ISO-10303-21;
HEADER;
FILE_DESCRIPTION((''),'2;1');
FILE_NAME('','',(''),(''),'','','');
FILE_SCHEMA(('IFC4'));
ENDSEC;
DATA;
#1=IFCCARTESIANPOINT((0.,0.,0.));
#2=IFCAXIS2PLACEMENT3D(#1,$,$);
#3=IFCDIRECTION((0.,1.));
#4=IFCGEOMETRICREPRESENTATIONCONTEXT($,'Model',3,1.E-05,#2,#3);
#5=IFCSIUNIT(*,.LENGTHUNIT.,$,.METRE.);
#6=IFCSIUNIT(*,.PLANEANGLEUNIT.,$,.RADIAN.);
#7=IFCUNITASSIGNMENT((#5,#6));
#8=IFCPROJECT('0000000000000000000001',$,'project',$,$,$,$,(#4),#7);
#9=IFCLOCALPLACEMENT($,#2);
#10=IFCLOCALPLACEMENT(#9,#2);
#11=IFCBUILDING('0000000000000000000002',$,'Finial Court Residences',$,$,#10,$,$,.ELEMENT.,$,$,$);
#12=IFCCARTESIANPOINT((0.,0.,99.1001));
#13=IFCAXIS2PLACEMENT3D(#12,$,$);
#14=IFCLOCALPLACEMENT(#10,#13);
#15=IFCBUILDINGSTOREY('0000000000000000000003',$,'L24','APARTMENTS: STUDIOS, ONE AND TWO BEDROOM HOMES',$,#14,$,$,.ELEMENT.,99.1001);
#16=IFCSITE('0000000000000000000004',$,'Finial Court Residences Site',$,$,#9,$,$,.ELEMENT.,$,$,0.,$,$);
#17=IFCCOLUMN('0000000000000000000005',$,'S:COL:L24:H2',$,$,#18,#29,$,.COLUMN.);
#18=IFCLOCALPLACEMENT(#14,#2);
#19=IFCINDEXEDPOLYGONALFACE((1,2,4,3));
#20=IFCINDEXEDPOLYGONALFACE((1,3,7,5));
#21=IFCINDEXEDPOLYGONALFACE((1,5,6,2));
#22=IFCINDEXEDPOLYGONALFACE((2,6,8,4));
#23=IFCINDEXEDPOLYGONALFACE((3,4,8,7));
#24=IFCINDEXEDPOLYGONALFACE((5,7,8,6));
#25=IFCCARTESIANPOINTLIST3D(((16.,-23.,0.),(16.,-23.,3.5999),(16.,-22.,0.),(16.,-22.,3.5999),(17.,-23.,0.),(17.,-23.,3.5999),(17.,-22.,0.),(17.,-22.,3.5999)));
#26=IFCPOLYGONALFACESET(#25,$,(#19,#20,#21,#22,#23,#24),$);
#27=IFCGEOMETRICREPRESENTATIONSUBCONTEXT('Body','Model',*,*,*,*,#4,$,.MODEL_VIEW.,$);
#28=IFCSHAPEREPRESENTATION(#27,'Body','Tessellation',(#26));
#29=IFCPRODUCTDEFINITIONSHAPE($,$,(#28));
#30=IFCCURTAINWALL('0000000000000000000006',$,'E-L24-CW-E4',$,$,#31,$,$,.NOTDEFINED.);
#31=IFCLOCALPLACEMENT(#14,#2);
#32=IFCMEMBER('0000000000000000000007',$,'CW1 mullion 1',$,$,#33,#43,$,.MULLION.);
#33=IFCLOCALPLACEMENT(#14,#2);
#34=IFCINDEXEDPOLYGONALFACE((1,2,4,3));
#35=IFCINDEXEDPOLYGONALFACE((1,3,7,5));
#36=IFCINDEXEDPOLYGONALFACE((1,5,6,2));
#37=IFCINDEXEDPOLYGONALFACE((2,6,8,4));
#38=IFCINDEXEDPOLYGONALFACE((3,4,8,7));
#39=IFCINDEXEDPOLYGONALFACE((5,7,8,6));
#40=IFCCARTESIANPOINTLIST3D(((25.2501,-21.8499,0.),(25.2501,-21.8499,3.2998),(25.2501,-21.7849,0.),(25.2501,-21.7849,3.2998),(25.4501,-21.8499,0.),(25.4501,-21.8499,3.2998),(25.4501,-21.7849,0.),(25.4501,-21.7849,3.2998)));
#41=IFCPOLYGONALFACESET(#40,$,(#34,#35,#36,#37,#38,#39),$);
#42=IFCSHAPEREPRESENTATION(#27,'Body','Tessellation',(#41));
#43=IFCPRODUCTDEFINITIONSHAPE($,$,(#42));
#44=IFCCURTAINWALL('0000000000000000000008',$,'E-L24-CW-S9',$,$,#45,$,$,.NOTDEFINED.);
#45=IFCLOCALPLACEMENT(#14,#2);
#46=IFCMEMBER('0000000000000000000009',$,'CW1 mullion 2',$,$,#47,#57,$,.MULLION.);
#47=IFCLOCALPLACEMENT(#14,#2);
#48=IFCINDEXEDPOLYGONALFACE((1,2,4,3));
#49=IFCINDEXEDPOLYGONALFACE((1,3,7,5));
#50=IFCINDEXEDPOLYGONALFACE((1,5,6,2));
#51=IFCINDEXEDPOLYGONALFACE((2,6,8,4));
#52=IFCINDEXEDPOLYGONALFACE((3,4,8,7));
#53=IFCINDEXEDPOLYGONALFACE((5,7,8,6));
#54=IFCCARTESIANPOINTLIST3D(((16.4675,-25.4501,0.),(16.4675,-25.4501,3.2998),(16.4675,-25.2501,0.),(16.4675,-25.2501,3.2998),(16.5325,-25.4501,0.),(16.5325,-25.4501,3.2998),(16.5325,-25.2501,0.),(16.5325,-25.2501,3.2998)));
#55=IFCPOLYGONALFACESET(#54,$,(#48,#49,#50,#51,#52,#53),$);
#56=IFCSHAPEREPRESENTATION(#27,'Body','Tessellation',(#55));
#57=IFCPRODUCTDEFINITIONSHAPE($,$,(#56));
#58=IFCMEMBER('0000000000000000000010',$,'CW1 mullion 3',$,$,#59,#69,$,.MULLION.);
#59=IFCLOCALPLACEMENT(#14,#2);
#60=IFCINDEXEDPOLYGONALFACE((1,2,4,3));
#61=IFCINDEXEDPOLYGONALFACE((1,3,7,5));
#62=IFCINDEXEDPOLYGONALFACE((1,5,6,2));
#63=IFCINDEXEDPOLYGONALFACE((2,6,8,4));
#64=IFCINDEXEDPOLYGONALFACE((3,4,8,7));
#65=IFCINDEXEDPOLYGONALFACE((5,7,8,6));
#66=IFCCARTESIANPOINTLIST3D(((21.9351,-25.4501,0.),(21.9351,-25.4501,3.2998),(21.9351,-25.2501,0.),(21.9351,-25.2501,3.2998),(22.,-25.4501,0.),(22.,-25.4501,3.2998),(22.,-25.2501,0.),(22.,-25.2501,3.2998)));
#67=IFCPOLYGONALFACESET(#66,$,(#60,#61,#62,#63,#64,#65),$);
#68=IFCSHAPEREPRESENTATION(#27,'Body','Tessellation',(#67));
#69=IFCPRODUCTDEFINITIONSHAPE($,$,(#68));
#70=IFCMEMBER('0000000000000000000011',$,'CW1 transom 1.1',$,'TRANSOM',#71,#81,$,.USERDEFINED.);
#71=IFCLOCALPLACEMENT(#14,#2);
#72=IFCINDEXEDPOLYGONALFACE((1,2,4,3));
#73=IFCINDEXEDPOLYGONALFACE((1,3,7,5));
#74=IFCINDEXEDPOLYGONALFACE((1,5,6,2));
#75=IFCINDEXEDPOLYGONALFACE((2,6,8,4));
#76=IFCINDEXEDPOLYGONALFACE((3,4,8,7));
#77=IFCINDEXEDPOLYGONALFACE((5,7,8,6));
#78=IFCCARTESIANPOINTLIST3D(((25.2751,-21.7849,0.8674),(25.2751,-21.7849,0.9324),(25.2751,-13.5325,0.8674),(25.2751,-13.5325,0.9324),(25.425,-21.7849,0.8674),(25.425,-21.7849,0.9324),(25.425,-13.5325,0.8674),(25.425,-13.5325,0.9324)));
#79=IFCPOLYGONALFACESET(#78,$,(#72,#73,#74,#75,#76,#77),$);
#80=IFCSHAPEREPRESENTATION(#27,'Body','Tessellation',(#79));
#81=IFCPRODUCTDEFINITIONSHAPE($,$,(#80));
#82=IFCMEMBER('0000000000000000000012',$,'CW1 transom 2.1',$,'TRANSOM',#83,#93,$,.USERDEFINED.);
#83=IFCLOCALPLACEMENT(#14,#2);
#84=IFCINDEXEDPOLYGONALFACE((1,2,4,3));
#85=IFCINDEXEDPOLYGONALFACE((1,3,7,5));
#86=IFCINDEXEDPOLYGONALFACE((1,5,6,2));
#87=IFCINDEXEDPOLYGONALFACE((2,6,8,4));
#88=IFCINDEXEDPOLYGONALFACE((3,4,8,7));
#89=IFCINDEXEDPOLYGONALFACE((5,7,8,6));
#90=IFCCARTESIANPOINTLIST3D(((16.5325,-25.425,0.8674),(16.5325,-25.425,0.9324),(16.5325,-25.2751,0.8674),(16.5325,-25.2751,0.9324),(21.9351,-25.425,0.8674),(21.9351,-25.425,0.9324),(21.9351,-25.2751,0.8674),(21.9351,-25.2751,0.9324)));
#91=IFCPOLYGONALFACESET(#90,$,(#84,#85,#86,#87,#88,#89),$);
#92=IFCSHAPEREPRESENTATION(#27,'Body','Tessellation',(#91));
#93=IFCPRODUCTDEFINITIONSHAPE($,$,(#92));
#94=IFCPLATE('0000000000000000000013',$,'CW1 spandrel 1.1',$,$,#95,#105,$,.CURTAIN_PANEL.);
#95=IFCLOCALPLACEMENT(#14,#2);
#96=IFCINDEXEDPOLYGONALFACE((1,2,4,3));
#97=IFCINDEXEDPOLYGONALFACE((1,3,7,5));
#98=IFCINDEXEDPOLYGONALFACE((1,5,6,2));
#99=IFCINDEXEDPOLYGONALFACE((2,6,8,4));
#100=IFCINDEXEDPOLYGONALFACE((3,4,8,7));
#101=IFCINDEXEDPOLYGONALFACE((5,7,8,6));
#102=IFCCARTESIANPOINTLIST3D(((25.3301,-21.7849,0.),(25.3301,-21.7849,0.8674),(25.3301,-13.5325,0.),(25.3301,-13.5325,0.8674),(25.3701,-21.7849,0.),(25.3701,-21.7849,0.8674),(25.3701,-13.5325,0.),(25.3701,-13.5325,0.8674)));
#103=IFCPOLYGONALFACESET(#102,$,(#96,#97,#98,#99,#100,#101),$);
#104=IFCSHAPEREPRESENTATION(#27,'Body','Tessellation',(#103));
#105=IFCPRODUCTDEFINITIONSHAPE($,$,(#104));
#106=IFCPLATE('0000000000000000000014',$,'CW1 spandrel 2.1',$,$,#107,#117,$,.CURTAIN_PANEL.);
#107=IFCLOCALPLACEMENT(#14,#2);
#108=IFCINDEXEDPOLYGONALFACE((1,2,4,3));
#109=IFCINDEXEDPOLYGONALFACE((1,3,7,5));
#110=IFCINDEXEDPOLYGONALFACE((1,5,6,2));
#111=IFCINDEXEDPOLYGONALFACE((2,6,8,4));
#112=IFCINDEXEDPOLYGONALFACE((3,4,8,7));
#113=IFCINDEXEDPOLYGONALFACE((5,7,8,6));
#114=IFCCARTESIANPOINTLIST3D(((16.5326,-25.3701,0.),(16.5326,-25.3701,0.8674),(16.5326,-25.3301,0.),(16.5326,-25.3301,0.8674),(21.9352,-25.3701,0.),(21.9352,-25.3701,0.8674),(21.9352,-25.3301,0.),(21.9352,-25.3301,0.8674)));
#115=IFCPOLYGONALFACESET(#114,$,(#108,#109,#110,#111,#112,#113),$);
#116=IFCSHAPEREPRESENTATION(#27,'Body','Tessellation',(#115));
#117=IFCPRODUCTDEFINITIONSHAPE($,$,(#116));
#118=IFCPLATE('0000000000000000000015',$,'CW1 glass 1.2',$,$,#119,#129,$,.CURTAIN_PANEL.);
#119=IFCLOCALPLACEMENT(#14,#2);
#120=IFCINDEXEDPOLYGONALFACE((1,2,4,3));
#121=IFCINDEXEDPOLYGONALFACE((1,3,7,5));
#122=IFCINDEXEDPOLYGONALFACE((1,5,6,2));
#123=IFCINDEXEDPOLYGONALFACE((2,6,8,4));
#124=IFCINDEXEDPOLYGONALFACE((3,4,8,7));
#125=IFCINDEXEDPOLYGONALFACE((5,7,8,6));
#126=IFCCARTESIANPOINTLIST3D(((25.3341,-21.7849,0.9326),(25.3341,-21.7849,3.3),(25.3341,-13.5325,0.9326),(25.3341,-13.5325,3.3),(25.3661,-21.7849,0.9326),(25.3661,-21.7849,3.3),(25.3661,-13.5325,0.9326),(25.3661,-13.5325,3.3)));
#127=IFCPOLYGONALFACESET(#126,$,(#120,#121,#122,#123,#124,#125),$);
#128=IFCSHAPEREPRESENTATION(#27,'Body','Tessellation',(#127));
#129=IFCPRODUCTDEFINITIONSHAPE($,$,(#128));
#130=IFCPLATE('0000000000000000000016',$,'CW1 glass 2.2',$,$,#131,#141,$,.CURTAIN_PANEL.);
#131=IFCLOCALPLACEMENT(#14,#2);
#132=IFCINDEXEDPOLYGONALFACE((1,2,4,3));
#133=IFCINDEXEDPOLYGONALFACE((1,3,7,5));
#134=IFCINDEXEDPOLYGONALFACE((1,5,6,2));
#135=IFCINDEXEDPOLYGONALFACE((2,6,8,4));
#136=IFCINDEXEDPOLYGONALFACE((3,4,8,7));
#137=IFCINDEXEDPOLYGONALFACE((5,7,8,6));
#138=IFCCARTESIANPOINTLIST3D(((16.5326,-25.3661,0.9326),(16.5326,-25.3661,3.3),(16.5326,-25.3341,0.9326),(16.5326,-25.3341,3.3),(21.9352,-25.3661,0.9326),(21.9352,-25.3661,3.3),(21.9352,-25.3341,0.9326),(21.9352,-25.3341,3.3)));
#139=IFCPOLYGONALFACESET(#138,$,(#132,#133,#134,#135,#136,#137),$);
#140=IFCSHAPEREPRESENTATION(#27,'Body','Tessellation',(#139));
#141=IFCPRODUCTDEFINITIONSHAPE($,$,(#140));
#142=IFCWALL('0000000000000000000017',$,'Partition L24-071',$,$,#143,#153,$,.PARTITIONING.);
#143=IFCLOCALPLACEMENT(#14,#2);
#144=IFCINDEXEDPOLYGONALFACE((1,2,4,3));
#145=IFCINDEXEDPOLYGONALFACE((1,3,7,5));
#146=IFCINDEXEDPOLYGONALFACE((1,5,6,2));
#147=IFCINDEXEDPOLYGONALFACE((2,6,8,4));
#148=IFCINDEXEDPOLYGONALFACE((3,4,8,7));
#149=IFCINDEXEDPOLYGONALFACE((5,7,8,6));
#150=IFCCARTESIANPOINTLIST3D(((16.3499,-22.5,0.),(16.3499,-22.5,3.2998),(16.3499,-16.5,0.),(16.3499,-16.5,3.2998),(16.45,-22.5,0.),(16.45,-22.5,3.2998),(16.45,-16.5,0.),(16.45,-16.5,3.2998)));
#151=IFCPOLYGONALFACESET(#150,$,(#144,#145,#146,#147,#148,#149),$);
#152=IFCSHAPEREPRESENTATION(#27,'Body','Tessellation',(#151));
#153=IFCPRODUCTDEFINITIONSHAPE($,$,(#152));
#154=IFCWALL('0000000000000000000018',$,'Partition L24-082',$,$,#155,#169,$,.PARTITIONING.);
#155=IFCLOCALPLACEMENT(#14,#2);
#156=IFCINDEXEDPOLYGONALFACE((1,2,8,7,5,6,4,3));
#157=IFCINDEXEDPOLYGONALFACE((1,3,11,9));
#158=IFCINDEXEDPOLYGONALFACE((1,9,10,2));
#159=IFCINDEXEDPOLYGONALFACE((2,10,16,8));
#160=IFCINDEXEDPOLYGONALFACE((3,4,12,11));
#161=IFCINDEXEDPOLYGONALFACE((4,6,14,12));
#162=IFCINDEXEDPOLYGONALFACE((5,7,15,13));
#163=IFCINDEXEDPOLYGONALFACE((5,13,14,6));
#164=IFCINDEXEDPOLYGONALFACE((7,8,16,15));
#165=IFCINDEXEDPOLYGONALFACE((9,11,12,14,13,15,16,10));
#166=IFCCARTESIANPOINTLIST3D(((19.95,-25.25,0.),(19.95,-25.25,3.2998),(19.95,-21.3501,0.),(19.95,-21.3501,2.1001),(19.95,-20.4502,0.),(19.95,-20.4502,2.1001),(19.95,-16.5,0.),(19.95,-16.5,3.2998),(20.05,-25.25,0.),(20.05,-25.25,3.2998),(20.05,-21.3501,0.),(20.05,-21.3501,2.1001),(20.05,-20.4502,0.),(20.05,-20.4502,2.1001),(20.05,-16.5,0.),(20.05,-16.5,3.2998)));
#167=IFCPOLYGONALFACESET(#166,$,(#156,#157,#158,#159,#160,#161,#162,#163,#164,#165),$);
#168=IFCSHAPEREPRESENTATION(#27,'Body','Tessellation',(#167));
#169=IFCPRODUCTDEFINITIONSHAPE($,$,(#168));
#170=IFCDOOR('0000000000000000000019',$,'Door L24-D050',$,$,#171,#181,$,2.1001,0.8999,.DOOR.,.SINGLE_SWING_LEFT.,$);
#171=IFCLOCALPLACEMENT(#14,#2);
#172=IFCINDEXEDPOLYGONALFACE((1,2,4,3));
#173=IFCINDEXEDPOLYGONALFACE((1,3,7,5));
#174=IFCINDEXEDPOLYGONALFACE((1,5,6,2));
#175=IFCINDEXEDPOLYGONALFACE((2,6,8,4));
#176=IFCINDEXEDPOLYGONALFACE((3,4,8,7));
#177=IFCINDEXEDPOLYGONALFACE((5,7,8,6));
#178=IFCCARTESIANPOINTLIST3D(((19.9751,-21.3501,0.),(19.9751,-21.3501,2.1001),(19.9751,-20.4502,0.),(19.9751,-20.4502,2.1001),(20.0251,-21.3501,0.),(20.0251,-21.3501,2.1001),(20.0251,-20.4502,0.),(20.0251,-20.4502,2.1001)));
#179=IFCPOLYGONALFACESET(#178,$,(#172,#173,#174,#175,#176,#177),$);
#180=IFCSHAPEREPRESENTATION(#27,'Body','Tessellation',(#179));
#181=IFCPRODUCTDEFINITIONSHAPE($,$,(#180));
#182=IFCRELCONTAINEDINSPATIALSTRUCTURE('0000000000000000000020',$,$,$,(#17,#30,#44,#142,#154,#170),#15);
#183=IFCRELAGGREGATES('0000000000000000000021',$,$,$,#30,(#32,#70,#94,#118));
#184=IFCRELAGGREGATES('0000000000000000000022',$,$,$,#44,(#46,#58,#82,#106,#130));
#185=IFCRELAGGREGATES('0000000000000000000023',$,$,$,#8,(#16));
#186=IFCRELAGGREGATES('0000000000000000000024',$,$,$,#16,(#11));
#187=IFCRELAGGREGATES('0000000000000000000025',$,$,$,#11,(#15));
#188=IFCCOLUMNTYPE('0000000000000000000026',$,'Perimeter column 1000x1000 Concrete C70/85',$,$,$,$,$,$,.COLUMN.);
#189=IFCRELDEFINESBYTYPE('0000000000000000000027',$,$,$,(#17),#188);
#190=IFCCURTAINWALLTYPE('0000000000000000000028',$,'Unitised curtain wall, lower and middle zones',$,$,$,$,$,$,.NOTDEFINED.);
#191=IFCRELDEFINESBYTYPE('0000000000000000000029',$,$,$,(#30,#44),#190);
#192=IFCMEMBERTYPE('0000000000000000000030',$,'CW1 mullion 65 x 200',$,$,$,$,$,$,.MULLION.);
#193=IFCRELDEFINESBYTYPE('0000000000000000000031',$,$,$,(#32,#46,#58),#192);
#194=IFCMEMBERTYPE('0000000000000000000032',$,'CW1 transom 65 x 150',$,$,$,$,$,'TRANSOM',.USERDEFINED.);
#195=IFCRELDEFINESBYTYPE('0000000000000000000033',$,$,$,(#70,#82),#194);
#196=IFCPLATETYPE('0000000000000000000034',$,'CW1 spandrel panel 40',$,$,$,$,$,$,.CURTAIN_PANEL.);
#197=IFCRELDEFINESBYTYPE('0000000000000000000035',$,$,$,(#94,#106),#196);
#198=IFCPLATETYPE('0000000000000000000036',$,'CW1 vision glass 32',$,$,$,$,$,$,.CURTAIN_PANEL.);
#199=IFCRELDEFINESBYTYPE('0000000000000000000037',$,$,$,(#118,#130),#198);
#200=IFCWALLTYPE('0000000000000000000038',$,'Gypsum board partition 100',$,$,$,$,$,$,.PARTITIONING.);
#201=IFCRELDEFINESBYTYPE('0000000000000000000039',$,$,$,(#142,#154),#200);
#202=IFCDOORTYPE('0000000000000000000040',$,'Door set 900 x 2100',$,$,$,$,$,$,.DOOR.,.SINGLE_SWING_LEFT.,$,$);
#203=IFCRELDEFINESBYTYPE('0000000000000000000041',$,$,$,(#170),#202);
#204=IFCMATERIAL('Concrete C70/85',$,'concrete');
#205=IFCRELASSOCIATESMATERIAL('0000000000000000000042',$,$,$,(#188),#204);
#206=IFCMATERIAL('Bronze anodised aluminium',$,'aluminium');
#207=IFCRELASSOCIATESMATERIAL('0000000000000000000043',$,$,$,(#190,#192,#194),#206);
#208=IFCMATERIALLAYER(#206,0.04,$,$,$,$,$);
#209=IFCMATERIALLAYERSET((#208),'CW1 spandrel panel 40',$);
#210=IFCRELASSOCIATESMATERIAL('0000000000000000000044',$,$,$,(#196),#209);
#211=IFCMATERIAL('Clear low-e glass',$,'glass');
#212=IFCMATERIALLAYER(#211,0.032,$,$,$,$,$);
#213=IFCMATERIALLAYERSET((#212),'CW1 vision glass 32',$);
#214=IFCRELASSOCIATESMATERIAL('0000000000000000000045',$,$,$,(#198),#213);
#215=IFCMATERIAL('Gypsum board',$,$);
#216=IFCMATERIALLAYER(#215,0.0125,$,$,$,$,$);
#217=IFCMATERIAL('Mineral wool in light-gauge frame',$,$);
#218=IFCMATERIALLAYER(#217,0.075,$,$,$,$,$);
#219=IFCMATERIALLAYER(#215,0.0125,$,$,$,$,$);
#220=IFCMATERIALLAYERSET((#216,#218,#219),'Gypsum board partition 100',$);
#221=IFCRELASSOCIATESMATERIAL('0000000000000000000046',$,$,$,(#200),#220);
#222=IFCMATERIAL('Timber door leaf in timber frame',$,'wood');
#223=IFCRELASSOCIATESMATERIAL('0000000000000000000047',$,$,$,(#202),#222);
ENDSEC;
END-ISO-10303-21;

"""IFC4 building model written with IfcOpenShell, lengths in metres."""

from ifc_helpers import new_model, si_unit, direction, frame, frame_2d, origin, origin_2d, place, context, subcontext, project, spatial, rectangle, extrude, material, layer, layer_set, material_profile, profile_set, type_object, element, fill, aggregate, save


model = new_model("IFC4")

# Units and contexts
model_context = context("Model", 3, precision=1e-05, world=origin(), true_north=direction((0.0, 1.0)))
body_context = subcontext(model_context, "Body", "Model", "MODEL_VIEW")
ifc_project = project(units=[si_unit("LENGTHUNIT", "METRE"), si_unit("PLANEANGLEUNIT", "RADIAN")], contexts=[model_context])

# Site, building, storey
site_placement = place(None, origin())
site = spatial("IfcSite", under=ifc_project, at=site_placement, Name="Finial Court Residences Site", CompositionType="ELEMENT", RefElevation=0.0)
building_placement = place(site_placement, origin())
building = spatial("IfcBuilding", under=site, at=building_placement, Name="Finial Court Residences", CompositionType="ELEMENT")
storey_placement = place(building_placement, frame((0.0, 0.0, 99.1001)))
storey = spatial("IfcBuildingStorey", under=building, at=storey_placement, Name="L24", Description="APARTMENTS: STUDIOS, ONE AND TWO BEDROOM HOMES", CompositionType="ELEMENT", Elevation=99.1001)

# Column
ifc_material_1 = material(Name="Concrete C70/85", Category="concrete")
ifc_material_profile_1 = material_profile(ifc_material_1, rectangle(XDim=1.0, YDim=1.0, at=origin_2d()), Name="1000x1000")
ifc_profile_set_1 = profile_set([ifc_material_profile_1], Name="Concrete C70/85")
column_type = type_object("IfcColumnType", Name="Perimeter column 1000x1000 Concrete C70/85", PredefinedType="COLUMN", material=ifc_profile_set_1)
column_placement = place(storey_placement, frame((16.5, -22.5, 0.0), z_axis=(0.0, 0.0, 1.0), x_axis=(1.0, 0.0, 0.0)))
element("IfcColumn", 1, at=column_placement, inside=storey, type_object=column_type, Name="S:COL:L24:H2", PredefinedType="COLUMN", context=body_context, shape_type="SweptSolid", body=[
    extrude(rectangle(XDim=1.0, YDim=1.0, at=origin_2d()), origin(), (0.0, 0.0, 1.0), 3.5999),
])

# Curtain wall, member
ifc_material_2 = material(Name="Bronze anodised aluminium", Category="aluminium")
curtain_wall_type = type_object("IfcCurtainWallType", Name="Unitised curtain wall, lower and middle zones", PredefinedType="NOTDEFINED", material=ifc_material_2)
curtain_wall_1_placement = place(storey_placement, origin())
curtain_wall_1 = element("IfcCurtainWall", 2, at=curtain_wall_1_placement, inside=storey, type_object=curtain_wall_type, Name="E-L24-CW-E4", PredefinedType="NOTDEFINED")
ifc_material_profile_2 = material_profile(ifc_material_2, rectangle(XDim=0.2, YDim=0.0649, at=origin_2d()), Name="CW1 mullion 65 x 200")
ifc_profile_set_2 = profile_set([ifc_material_profile_2], Name="Bronze anodised aluminium")
member_type_1 = type_object("IfcMemberType", Name="CW1 mullion 65 x 200", PredefinedType="MULLION", material=ifc_profile_set_2)
member_1_placement = place(storey_placement, frame((25.3501, -21.8174, 0.0), z_axis=(0.0, 0.0, 1.0), x_axis=(-1.0, 0.0, 0.0)))
member_1 = element("IfcMember", 3, at=member_1_placement, type_object=member_type_1, Name="CW1 mullion 1", PredefinedType="MULLION", context=body_context, shape_type="SweptSolid", body=[
    extrude(rectangle(XDim=0.2, YDim=0.0649, at=origin_2d()), origin(), (0.0, 0.0, 1.0), 3.2998),
])

# Curtain wall, members
curtain_wall_2_placement = place(storey_placement, origin())
curtain_wall_2 = element("IfcCurtainWall", 4, at=curtain_wall_2_placement, inside=storey, type_object=curtain_wall_type, Name="E-L24-CW-S9", PredefinedType="NOTDEFINED")
member_2_placement = place(storey_placement, frame((16.5, -25.3501, 0.0), z_axis=(0.0, 0.0, 1.0), x_axis=(0.0, 1.0, 0.0)))
member_2 = element("IfcMember", 5, at=member_2_placement, type_object=member_type_1, Name="CW1 mullion 2", PredefinedType="MULLION", context=body_context, shape_type="SweptSolid", body=[
    extrude(rectangle(XDim=0.2, YDim=0.0649, at=origin_2d()), origin(), (0.0, 0.0, 1.0), 3.2998),
])
member_3_placement = place(storey_placement, frame((21.9675, -25.3501, 0.0), z_axis=(0.0, 0.0, 1.0), x_axis=(0.0, 1.0, 0.0)))
member_3 = element("IfcMember", 6, at=member_3_placement, type_object=member_type_1, Name="CW1 mullion 3", PredefinedType="MULLION", context=body_context, shape_type="SweptSolid", body=[
    extrude(rectangle(XDim=0.2, YDim=0.0649, at=origin_2d()), origin(), (0.0, 0.0, 1.0), 3.2998),
])

# Members
ifc_material_profile_3 = material_profile(ifc_material_2, rectangle(XDim=0.1499, YDim=0.0649, at=origin_2d()), Name="CW1 transom 65 x 150")
ifc_profile_set_3 = profile_set([ifc_material_profile_3], Name="Bronze anodised aluminium")
member_type_2 = type_object("IfcMemberType", Name="CW1 transom 65 x 150", ElementType="TRANSOM", PredefinedType="USERDEFINED", material=ifc_profile_set_3)
member_4_placement = place(storey_placement, frame((25.3501, -21.7849, 0.8999), z_axis=(0.0, 1.0, 0.0), x_axis=(-1.0, 0.0, 0.0)))
member_4 = element("IfcMember", 7, at=member_4_placement, type_object=member_type_2, Name="CW1 transom 1.1", ObjectType="TRANSOM", PredefinedType="USERDEFINED", context=body_context, shape_type="SweptSolid", body=[
    extrude(rectangle(XDim=0.1499, YDim=0.0649, at=origin_2d()), origin(), (0.0, 0.0, 1.0), 8.2524),
])
member_5_placement = place(storey_placement, frame((16.5325, -25.3501, 0.8999), z_axis=(1.0, 0.0, 0.0), x_axis=(0.0, 1.0, 0.0)))
member_5 = element("IfcMember", 8, at=member_5_placement, type_object=member_type_2, Name="CW1 transom 2.1", ObjectType="TRANSOM", PredefinedType="USERDEFINED", context=body_context, shape_type="SweptSolid", body=[
    extrude(rectangle(XDim=0.1499, YDim=0.0649, at=origin_2d()), origin(), (0.0, 0.0, 1.0), 5.4026),
])

# Plates
ifc_layer_1 = layer(ifc_material_2, 0.04)
ifc_layer_set_1 = layer_set([ifc_layer_1], Name="CW1 spandrel panel 40")
plate_type_1 = type_object("IfcPlateType", Name="CW1 spandrel panel 40", PredefinedType="CURTAIN_PANEL", material=ifc_layer_set_1)
plate_1_placement = place(storey_placement, frame((25.3501, -17.6587, 0.0), z_axis=(0.0, 0.0, 1.0), x_axis=(0.0, 1.0, 0.0)))
plate_1 = element("IfcPlate", 9, at=plate_1_placement, type_object=plate_type_1, Name="CW1 spandrel 1.1", PredefinedType="CURTAIN_PANEL", context=body_context, shape_type="SweptSolid", body=[
    extrude(rectangle(XDim=8.2524, YDim=0.04, at=origin_2d()), origin(), (0.0, 0.0, 1.0), 0.8674),
])
plate_2_placement = place(storey_placement, frame((19.2339, -25.3501, 0.0), z_axis=(0.0, 0.0, 1.0), x_axis=(1.0, 0.0, 0.0)))
plate_2 = element("IfcPlate", 10, at=plate_2_placement, type_object=plate_type_1, Name="CW1 spandrel 2.1", PredefinedType="CURTAIN_PANEL", context=body_context, shape_type="SweptSolid", body=[
    extrude(rectangle(XDim=5.4026, YDim=0.04, at=origin_2d()), origin(), (0.0, 0.0, 1.0), 0.8674),
])
ifc_material_3 = material(Name="Clear low-e glass", Category="glass")
ifc_layer_2 = layer(ifc_material_3, 0.032)
ifc_layer_set_2 = layer_set([ifc_layer_2], Name="CW1 vision glass 32")
plate_type_2 = type_object("IfcPlateType", Name="CW1 vision glass 32", PredefinedType="CURTAIN_PANEL", material=ifc_layer_set_2)
plate_3_placement = place(storey_placement, frame((25.3501, -17.6587, 0.9326), z_axis=(0.0, 0.0, 1.0), x_axis=(0.0, 1.0, 0.0)))
plate_3 = element("IfcPlate", 11, at=plate_3_placement, type_object=plate_type_2, Name="CW1 glass 1.2", PredefinedType="CURTAIN_PANEL", context=body_context, shape_type="SweptSolid", body=[
    extrude(rectangle(XDim=8.2524, YDim=0.032, at=origin_2d()), origin(), (0.0, 0.0, 1.0), 2.3674),
])
aggregate(curtain_wall_1, [member_1, member_4, plate_1, plate_3])
plate_4_placement = place(storey_placement, frame((19.2339, -25.3501, 0.9326), z_axis=(0.0, 0.0, 1.0), x_axis=(1.0, 0.0, 0.0)))
plate_4 = element("IfcPlate", 12, at=plate_4_placement, type_object=plate_type_2, Name="CW1 glass 2.2", PredefinedType="CURTAIN_PANEL", context=body_context, shape_type="SweptSolid", body=[
    extrude(rectangle(XDim=5.4026, YDim=0.032, at=origin_2d()), origin(), (0.0, 0.0, 1.0), 2.3674),
])
aggregate(curtain_wall_2, [member_2, member_3, member_5, plate_2, plate_4])

# Wall
ifc_material_4 = material(Name="Gypsum board")
ifc_layer_3 = layer(ifc_material_4, 0.0125)
ifc_material_5 = material(Name="Mineral wool in light-gauge frame")
ifc_layer_4 = layer(ifc_material_5, 0.075)
ifc_layer_5 = layer(ifc_material_4, 0.0125)
ifc_layer_set_3 = layer_set([ifc_layer_3, ifc_layer_4, ifc_layer_5], Name="Gypsum board partition 100")
wall_type_1 = type_object("IfcWallType", Name="Gypsum board partition 100", PredefinedType="PARTITIONING", material=ifc_layer_set_3)
wall_1_placement = place(storey_placement, frame((16.3999, -22.5, 0.0), z_axis=(0.0, 0.0, 1.0), x_axis=(0.0, 1.0, 0.0)))
element("IfcWall", 13, at=wall_1_placement, inside=storey, type_object=wall_type_1, Name="Partition L24-071", PredefinedType="PARTITIONING", context=body_context, shape_type="SweptSolid", body=[
    extrude(rectangle(XDim=6.0, YDim=0.1001, at=frame_2d((3.0, 0.0))), origin(), (0.0, 0.0, 1.0), 3.2998),
])

# Wall, opening, door
wall_2_placement = place(storey_placement, frame((20.0, -25.25, 0.0), z_axis=(0.0, 0.0, 1.0), x_axis=(0.0, 1.0, 0.0)))
wall_2 = element("IfcWall", 14, at=wall_2_placement, inside=storey, type_object=wall_type_1, Name="Partition L24-082", PredefinedType="PARTITIONING", context=body_context, shape_type="SweptSolid", body=[
    extrude(rectangle(XDim=8.75, YDim=0.1001, at=frame_2d((4.375, 0.0))), origin(), (0.0, 0.0, 1.0), 3.2998),
])
opening_1_placement = place(wall_2_placement, frame((3.8999, 0.0, 0.0)))
opening_1 = element("IfcOpeningElement", 15, at=opening_1_placement, cuts=wall_2, PredefinedType="OPENING", context=body_context, shape_type="SweptSolid", body=[
    extrude(rectangle(XDim=0.8999, YDim=2.1001, at=frame_2d((0.45, 1.05))), frame((0.0, 0.0601, 0.0), z_axis=(0.0, -1.0, 0.0), x_axis=(1.0, 0.0, 0.0)), (0.0, 0.0, 1.0), 0.1201),
])
ifc_material_6 = material(Name="Timber door leaf in timber frame", Category="wood")
door_type = type_object("IfcDoorType", Name="Door set 900 x 2100", OperationType="SINGLE_SWING_LEFT", PredefinedType="DOOR", material=ifc_material_6)
door_1_placement = place(opening_1_placement, origin())
door_1 = element("IfcDoor", 16, at=door_1_placement, inside=storey, type_object=door_type, Name="Door L24-D050", OperationType="SINGLE_SWING_LEFT", OverallHeight=2.1001, OverallWidth=0.8999, PredefinedType="DOOR", context=body_context, shape_type="SweptSolid", body=[
    extrude(rectangle(XDim=0.8999, YDim=2.1001, at=frame_2d((0.45, 1.05))), frame((0.0, 0.0249, 0.0), z_axis=(0.0, -1.0, 0.0), x_axis=(1.0, 0.0, 0.0)), (0.0, 0.0, 1.0), 0.05),
])
fill(opening_1, door_1)

save(model, "model.ifc")
